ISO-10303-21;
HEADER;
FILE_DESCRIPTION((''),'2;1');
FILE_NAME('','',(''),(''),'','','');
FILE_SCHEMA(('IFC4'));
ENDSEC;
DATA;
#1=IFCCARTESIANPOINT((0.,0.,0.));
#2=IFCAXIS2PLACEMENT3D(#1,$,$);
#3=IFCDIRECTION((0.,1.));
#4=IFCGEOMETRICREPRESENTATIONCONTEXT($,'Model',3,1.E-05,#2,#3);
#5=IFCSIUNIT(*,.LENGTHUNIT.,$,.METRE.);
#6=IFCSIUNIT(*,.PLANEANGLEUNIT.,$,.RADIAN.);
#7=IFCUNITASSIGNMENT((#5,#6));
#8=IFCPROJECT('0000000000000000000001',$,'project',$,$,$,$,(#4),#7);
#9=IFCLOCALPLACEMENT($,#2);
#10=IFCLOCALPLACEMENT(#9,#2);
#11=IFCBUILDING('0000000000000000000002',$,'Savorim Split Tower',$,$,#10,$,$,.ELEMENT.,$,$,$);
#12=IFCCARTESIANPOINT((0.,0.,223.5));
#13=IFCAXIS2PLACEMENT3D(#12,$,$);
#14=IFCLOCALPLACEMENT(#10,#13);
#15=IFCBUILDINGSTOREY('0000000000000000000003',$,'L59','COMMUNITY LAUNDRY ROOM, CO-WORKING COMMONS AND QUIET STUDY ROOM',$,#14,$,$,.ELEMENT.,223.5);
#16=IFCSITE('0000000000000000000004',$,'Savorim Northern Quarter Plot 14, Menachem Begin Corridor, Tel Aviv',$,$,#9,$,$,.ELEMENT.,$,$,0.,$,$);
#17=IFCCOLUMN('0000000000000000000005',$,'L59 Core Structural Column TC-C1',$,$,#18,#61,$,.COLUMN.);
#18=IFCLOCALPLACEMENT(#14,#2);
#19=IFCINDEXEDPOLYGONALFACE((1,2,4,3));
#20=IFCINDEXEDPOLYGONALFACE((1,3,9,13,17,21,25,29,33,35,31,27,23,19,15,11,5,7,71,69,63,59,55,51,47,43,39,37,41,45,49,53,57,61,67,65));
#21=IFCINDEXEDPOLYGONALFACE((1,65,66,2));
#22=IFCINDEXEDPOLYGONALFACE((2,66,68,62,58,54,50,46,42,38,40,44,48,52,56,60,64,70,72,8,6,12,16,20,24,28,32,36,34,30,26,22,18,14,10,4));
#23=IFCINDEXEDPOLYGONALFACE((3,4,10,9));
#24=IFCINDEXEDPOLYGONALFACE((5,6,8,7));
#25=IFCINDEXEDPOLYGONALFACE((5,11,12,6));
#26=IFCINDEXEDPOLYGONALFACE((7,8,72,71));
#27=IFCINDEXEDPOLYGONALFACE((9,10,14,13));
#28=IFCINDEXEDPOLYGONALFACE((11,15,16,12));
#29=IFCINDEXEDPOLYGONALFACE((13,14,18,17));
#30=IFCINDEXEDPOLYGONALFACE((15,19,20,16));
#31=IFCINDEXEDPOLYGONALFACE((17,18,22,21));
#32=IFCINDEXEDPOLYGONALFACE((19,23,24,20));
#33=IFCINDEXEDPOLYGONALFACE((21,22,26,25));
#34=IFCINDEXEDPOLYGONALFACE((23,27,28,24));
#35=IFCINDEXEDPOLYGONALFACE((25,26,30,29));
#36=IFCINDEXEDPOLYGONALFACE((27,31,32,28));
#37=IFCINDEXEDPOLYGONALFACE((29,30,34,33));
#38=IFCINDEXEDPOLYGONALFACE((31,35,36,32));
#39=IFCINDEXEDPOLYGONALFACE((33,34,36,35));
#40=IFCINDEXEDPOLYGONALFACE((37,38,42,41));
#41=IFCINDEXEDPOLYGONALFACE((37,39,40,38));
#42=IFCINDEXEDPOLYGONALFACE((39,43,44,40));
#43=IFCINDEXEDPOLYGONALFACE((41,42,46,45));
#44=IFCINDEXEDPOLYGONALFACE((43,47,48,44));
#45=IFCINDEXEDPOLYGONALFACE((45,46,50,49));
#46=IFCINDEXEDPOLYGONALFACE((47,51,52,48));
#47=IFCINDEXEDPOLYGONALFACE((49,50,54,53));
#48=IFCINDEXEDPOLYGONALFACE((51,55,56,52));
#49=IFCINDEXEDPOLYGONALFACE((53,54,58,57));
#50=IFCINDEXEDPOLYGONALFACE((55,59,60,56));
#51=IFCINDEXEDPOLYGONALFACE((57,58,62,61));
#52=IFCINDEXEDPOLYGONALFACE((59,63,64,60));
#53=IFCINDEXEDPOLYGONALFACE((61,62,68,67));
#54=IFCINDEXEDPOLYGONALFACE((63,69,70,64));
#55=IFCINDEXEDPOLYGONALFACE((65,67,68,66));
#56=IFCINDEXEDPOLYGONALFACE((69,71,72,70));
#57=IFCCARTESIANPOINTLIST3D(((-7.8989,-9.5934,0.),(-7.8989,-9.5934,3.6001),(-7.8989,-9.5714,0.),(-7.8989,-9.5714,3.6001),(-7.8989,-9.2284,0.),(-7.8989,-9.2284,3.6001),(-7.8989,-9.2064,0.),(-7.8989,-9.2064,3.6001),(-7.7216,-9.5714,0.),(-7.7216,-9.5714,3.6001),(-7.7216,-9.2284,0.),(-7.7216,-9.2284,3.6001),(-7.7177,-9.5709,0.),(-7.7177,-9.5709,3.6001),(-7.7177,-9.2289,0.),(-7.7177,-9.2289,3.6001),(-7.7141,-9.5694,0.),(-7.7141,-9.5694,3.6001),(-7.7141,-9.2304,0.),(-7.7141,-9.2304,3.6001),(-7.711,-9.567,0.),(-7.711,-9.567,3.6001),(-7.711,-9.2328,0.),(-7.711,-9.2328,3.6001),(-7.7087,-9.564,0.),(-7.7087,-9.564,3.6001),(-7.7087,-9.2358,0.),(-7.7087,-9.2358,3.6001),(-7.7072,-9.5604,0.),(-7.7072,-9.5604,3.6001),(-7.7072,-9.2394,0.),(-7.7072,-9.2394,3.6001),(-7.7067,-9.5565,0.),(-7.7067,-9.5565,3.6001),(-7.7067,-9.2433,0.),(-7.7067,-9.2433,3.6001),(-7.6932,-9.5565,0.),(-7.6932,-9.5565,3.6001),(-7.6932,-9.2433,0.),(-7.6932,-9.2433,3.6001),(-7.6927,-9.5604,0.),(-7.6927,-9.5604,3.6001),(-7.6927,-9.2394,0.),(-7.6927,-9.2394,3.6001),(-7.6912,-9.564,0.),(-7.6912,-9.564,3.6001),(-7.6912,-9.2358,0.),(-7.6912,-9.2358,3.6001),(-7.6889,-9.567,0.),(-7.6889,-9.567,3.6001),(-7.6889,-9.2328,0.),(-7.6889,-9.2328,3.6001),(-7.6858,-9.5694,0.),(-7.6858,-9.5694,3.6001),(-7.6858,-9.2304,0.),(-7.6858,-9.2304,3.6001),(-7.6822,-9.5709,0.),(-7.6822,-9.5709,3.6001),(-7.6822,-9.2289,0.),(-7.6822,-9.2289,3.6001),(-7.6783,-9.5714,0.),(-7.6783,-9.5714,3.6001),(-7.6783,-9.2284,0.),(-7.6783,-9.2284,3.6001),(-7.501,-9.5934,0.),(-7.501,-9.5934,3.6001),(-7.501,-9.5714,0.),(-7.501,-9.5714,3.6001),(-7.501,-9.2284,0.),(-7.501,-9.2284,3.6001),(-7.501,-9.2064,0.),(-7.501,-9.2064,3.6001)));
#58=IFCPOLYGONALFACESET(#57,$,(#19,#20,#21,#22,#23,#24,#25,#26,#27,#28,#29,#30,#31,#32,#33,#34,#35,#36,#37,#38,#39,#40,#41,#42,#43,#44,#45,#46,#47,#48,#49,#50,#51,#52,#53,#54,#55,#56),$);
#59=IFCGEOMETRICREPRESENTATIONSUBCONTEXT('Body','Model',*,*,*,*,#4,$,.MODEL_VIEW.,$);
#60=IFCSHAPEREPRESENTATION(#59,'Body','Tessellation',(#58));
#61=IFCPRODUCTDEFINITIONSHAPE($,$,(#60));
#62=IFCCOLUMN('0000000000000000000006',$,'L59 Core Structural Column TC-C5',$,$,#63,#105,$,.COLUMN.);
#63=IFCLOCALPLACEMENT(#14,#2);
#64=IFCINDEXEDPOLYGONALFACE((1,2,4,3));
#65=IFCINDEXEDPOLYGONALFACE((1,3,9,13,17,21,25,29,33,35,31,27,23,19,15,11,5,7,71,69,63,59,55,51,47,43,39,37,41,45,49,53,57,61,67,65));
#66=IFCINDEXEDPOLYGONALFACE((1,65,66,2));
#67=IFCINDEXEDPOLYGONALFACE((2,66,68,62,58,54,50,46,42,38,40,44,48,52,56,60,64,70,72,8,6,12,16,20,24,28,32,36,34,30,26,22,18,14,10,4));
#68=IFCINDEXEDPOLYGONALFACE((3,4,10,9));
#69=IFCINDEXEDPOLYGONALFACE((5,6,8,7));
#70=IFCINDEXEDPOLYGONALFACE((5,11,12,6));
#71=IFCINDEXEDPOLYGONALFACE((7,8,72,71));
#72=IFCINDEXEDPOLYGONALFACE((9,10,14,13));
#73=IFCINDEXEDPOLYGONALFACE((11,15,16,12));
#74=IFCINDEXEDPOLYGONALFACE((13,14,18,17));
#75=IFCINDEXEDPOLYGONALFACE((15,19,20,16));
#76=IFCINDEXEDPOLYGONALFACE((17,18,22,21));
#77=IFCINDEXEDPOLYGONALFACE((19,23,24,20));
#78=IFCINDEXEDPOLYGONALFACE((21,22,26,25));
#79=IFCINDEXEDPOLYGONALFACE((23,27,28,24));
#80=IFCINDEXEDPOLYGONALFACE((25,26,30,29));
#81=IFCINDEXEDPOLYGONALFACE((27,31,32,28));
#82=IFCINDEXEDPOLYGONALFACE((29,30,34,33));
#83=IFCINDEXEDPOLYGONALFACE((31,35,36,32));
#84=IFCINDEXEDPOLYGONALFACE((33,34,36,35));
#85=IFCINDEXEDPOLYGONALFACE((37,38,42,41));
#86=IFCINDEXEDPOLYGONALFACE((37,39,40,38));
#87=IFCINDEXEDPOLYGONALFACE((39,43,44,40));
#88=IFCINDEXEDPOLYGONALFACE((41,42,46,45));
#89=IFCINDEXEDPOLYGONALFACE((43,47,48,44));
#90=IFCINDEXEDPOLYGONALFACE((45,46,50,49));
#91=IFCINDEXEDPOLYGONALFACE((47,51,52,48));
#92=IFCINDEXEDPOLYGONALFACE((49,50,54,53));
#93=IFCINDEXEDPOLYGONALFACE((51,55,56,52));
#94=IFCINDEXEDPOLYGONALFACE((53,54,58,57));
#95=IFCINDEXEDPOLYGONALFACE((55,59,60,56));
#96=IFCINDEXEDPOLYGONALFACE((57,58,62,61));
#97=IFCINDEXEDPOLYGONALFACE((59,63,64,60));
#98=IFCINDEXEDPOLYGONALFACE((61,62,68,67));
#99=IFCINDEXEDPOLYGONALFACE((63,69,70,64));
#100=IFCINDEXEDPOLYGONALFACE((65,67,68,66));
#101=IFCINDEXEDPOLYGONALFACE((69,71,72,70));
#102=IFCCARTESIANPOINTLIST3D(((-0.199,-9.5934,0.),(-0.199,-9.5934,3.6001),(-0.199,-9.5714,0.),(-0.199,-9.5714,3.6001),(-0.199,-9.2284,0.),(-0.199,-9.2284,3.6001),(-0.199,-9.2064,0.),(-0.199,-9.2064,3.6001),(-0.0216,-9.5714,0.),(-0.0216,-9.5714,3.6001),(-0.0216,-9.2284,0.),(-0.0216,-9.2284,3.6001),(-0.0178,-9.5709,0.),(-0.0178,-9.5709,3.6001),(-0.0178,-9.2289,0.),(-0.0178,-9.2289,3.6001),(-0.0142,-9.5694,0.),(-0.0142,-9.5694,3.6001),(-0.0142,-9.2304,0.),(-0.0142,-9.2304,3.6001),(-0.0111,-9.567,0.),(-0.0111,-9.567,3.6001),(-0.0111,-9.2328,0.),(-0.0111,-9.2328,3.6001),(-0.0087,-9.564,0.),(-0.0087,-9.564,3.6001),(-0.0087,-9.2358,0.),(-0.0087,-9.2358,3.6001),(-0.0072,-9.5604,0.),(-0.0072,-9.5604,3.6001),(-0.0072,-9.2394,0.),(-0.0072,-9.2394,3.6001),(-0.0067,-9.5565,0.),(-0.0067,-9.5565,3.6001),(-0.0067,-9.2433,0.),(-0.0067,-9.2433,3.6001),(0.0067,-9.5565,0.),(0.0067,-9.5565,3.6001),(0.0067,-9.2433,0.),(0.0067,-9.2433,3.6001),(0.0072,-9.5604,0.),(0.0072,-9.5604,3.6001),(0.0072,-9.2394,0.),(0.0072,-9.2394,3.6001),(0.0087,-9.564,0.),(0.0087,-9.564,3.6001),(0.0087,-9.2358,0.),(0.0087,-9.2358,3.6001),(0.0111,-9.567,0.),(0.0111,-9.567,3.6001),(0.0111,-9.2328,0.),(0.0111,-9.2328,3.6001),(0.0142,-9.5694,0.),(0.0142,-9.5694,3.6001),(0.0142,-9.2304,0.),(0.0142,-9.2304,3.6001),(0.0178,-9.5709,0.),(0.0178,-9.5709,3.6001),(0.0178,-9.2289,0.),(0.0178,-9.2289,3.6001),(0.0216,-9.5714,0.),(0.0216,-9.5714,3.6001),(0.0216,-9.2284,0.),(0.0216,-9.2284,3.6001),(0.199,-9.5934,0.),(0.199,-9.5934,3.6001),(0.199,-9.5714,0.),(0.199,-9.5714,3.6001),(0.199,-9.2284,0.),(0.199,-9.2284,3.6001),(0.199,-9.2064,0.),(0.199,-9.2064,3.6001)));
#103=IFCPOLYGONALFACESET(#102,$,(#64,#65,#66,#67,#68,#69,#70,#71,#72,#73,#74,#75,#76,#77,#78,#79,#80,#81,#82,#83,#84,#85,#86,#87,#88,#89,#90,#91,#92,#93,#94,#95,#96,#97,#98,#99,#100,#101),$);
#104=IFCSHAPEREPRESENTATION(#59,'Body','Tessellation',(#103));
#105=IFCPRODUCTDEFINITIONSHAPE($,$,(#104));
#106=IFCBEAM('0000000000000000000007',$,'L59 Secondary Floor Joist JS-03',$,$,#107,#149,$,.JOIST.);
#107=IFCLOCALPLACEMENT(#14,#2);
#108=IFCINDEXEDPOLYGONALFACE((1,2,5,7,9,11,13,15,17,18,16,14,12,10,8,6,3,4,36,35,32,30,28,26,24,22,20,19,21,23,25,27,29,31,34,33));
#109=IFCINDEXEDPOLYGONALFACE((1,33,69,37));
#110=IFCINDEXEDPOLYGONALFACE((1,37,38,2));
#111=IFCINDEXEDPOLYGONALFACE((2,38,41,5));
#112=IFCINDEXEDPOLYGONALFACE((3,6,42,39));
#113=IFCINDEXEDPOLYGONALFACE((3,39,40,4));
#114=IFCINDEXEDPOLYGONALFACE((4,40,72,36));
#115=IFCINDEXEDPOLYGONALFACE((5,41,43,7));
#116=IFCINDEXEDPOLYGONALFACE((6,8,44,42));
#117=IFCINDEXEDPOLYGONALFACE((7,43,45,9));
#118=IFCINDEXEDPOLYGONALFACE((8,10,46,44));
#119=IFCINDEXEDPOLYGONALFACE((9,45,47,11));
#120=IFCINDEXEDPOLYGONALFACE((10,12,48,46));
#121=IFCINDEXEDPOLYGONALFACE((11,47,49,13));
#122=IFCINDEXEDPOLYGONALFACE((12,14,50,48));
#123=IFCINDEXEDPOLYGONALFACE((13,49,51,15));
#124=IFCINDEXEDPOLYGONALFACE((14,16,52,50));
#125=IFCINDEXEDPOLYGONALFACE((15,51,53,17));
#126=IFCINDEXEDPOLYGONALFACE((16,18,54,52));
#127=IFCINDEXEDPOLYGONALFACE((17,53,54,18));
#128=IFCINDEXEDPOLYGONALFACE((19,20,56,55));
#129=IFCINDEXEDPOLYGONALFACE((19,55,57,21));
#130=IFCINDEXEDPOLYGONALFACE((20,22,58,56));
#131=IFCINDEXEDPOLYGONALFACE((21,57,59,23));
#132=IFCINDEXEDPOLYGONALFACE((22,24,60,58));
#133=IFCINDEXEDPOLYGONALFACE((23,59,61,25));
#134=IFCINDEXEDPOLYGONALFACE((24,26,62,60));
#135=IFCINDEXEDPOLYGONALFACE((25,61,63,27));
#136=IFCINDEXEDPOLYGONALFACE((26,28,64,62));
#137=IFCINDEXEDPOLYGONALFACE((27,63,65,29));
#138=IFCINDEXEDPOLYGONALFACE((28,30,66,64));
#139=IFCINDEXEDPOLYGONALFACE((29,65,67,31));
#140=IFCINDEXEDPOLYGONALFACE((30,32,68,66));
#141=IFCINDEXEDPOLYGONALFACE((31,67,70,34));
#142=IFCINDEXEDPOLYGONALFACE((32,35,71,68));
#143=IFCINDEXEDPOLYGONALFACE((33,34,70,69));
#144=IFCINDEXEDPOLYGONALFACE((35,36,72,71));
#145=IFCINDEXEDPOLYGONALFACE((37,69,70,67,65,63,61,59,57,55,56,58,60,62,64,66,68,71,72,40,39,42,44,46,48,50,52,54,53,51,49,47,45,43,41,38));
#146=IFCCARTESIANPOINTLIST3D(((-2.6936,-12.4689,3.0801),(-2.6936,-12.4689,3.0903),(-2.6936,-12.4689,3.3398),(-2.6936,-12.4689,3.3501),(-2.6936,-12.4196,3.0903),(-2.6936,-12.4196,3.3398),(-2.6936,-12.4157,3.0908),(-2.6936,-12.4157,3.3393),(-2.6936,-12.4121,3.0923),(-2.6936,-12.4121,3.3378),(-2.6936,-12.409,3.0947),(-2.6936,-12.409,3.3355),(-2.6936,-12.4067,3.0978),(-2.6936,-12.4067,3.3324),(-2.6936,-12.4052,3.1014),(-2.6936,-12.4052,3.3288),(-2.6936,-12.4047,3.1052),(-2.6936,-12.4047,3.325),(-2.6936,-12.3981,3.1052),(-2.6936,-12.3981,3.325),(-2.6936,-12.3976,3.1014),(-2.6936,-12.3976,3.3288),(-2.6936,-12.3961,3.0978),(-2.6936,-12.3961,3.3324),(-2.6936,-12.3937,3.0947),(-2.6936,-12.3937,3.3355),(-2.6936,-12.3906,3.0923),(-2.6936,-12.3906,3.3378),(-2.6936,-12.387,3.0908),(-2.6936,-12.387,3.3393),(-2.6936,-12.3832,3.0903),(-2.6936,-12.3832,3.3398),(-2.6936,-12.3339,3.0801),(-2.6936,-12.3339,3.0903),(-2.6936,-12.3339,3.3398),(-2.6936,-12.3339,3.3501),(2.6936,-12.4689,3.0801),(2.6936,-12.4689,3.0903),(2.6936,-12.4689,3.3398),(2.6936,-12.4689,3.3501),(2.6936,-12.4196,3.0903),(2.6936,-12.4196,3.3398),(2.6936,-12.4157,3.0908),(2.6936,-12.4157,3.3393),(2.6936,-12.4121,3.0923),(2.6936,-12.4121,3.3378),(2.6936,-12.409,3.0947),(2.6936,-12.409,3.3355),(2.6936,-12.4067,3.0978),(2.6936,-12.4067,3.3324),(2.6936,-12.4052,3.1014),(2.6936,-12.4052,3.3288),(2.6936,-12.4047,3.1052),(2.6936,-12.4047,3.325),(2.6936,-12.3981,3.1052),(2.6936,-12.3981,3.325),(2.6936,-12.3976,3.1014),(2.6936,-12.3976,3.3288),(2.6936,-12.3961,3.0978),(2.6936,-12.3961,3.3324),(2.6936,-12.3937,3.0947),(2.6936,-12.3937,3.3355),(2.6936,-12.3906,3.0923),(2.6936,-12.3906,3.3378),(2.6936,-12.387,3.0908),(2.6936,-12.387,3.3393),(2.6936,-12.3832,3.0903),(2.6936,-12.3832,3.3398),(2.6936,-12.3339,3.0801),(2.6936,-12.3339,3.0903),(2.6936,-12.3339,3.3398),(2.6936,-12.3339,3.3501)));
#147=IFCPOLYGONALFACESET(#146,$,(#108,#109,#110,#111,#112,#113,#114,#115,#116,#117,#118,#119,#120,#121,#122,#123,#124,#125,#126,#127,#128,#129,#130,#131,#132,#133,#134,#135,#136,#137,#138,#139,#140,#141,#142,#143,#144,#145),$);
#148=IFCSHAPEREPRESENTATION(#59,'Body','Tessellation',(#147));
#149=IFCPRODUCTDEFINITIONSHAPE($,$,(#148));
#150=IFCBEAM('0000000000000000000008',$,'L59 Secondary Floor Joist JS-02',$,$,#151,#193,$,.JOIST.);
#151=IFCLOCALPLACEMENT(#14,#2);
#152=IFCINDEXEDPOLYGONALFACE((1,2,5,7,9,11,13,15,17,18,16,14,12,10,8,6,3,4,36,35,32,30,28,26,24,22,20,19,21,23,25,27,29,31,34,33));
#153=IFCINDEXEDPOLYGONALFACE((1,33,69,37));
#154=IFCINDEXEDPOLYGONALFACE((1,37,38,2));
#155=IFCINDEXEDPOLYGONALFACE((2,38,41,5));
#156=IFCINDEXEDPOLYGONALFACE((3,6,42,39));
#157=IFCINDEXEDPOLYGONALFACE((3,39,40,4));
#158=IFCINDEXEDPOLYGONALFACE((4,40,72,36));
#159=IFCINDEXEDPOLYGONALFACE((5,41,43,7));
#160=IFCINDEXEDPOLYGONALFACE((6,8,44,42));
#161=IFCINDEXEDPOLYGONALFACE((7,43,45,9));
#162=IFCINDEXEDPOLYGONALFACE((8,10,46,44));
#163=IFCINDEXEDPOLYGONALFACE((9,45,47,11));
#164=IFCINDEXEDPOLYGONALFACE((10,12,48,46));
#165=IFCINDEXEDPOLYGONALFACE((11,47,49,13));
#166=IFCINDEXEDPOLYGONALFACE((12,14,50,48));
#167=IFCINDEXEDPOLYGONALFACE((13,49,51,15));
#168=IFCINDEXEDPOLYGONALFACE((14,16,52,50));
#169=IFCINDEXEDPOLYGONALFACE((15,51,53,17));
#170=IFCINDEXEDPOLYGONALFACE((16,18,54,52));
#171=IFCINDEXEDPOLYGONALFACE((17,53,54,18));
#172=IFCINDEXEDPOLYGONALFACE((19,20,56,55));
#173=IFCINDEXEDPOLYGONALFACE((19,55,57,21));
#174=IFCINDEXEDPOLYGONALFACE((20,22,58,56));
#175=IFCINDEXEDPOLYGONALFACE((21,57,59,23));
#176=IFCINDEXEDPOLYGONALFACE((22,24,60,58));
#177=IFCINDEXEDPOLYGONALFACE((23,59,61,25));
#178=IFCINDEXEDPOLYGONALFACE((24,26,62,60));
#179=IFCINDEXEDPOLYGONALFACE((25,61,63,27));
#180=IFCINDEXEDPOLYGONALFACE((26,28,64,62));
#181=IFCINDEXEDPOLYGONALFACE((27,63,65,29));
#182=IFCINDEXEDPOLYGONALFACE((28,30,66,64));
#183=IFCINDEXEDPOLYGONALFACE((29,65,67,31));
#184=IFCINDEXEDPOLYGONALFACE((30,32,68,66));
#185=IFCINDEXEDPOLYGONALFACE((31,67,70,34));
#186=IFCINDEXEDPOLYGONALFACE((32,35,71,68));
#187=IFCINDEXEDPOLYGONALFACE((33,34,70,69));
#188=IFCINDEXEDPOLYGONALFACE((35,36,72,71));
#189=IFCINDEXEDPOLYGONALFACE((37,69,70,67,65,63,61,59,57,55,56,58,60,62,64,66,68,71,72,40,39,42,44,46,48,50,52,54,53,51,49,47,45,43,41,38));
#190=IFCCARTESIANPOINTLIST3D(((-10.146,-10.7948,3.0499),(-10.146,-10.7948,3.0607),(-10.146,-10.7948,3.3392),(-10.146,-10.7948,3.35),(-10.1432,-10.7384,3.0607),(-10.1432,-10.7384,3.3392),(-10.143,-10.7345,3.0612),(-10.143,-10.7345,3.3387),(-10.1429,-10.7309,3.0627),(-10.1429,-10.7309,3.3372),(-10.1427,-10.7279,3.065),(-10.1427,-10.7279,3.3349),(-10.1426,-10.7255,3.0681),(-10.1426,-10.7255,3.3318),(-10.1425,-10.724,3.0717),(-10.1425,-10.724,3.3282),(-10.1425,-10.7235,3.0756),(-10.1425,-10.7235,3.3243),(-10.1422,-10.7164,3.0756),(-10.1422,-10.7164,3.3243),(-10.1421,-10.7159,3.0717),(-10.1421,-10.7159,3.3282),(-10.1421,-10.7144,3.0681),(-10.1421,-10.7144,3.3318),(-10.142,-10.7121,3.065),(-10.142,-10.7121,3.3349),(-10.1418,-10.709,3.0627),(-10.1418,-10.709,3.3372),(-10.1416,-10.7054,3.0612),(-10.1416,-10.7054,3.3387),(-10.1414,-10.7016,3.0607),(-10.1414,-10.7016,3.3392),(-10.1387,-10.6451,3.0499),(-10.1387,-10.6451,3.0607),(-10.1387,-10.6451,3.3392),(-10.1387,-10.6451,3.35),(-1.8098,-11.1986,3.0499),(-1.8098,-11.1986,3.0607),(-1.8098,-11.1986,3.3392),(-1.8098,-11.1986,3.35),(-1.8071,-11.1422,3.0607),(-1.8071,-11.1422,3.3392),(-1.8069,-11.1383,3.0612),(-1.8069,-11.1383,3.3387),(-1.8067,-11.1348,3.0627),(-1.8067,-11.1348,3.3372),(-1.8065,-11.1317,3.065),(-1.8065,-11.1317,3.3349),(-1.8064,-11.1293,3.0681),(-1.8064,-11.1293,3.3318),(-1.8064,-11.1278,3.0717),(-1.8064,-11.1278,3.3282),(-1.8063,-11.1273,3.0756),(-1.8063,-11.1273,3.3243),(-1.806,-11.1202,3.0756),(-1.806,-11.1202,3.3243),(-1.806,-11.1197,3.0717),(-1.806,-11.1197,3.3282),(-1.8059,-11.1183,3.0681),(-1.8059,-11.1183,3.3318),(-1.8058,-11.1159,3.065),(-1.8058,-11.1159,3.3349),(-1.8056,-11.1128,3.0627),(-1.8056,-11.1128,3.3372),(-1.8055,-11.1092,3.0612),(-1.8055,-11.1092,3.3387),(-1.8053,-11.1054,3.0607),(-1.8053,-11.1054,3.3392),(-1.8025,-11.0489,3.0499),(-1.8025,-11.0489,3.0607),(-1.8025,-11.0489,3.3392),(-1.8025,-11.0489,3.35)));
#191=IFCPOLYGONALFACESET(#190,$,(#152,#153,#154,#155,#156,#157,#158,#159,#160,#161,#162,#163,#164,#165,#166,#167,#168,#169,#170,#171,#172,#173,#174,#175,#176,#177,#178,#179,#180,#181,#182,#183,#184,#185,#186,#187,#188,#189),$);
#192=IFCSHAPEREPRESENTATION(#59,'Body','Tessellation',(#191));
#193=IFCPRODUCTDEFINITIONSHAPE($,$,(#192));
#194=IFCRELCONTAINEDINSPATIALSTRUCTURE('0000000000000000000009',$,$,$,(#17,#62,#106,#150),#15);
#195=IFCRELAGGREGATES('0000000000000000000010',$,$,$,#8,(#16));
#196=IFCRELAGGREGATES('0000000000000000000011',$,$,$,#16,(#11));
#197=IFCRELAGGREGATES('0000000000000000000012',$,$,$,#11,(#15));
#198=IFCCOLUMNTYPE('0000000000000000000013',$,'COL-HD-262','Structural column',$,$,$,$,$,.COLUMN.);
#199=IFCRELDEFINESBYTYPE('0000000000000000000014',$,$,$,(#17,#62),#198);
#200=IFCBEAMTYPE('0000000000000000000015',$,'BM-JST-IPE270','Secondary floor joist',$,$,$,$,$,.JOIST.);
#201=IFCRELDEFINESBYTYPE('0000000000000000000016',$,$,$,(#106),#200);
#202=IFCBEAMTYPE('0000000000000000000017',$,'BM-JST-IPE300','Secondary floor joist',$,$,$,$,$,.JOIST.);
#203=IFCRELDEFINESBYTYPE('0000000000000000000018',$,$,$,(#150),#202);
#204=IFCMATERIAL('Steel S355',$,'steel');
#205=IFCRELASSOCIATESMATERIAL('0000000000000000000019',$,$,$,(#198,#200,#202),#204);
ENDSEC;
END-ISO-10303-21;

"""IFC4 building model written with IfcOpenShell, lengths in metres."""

from ifc_helpers import new_model, si_unit, direction, frame, origin, origin_2d, place, context, subcontext, project, spatial, i_section, extrude, material, material_profile, profile_set, type_object, element, save


model = new_model("IFC4")

# Units and contexts
model_context = context("Model", 3, precision=1e-05, world=origin(), true_north=direction((0.0, 1.0)))
body_context = subcontext(model_context, "Body", "Model", "MODEL_VIEW")
ifc_project = project(units=[si_unit("LENGTHUNIT", "METRE"), si_unit("PLANEANGLEUNIT", "RADIAN")], contexts=[model_context])

# Site, building, storey
site_placement = place(None, origin())
site = spatial("IfcSite", under=ifc_project, at=site_placement, Name="Savorim Northern Quarter Plot 14, Menachem Begin Corridor, Tel Aviv", CompositionType="ELEMENT", RefElevation=0.0)
building_placement = place(site_placement, origin())
building = spatial("IfcBuilding", under=site, at=building_placement, Name="Savorim Split Tower", CompositionType="ELEMENT")
storey_placement = place(building_placement, frame((0.0, 0.0, 223.5)))
storey = spatial("IfcBuildingStorey", under=building, at=storey_placement, Name="L59", Description="COMMUNITY LAUNDRY ROOM, CO-WORKING COMMONS AND QUIET STUDY ROOM", CompositionType="ELEMENT", Elevation=223.5)

# Columns
ifc_material_1 = material(Name="Steel S355", Category="steel")
ifc_material_profile_1 = material_profile(ifc_material_1, i_section(OverallWidth=0.3979, OverallDepth=0.387, WebThickness=0.0134, FlangeThickness=0.022, FilletRadius=0.0149, at=origin_2d()), Name="HD 400x262")
ifc_profile_set_1 = profile_set([ifc_material_profile_1], Name="Steel S355")
column_type = type_object("IfcColumnType", Name="COL-HD-262", Description="Structural column", PredefinedType="COLUMN", material=ifc_profile_set_1)
for number, where, z_axis, x_axis, name in (
    (1, (-7.7, -9.3999, 0.0), (0.0, 0.0, 1.0), (1.0, 0.0, 0.0), "L59 Core Structural Column TC-C1"),
    (2, (0.0, -9.3999, 0.0), (0.0, 0.0, 1.0), (1.0, 0.0, 0.0), "L59 Core Structural Column TC-C5"),
):
    element("IfcColumn", number, at=place(storey_placement, frame(where, z_axis=z_axis, x_axis=x_axis)), inside=storey, type_object=column_type, Name=name, PredefinedType="COLUMN", context=body_context, shape_type="SweptSolid", body=[
        extrude(i_section(OverallWidth=0.3979, OverallDepth=0.387, WebThickness=0.0134, FlangeThickness=0.022, FilletRadius=0.0149, at=origin_2d()), origin(), (0.0, 0.0, 1.0), 3.6001),
    ])

# Beams
ifc_material_profile_2 = material_profile(ifc_material_1, i_section(OverallWidth=0.135, OverallDepth=0.27, WebThickness=0.0066, FlangeThickness=0.0103, FilletRadius=0.0149, at=origin_2d()), Name="IPE 270")
ifc_profile_set_2 = profile_set([ifc_material_profile_2], Name="Steel S355")
beam_type_1 = type_object("IfcBeamType", Name="BM-JST-IPE270", Description="Secondary floor joist", PredefinedType="JOIST", material=ifc_profile_set_2)
beam_1_placement = place(storey_placement, frame((-2.6936, -12.4014, 3.2151), z_axis=(1.0, 0.0, 0.0), x_axis=(0.0, 1.0, 0.0)))
element("IfcBeam", 3, at=beam_1_placement, inside=storey, type_object=beam_type_1, Name="L59 Secondary Floor Joist JS-03", PredefinedType="JOIST", context=body_context, shape_type="SweptSolid", body=[
    extrude(i_section(OverallWidth=0.135, OverallDepth=0.27, WebThickness=0.0066, FlangeThickness=0.0103, FilletRadius=0.0149, at=origin_2d()), origin(), (0.0, 0.0, 1.0), 5.3872),
])
ifc_material_profile_3 = material_profile(ifc_material_1, i_section(OverallWidth=0.1499, OverallDepth=0.3, WebThickness=0.0071, FlangeThickness=0.0107, FilletRadius=0.0149, at=origin_2d()), Name="IPE 300")
ifc_profile_set_3 = profile_set([ifc_material_profile_3], Name="Steel S355")
beam_type_2 = type_object("IfcBeamType", Name="BM-JST-IPE300", Description="Secondary floor joist", PredefinedType="JOIST", material=ifc_profile_set_3)
beam_2_placement = place(storey_placement, frame((-10.1423, -10.72, 3.2), z_axis=(0.998829, -0.048384, 0.0), x_axis=(0.048384, 0.998829, 0.0)))
element("IfcBeam", 4, at=beam_2_placement, inside=storey, type_object=beam_type_2, Name="L59 Secondary Floor Joist JS-02", PredefinedType="JOIST", context=body_context, shape_type="SweptSolid", body=[
    extrude(i_section(OverallWidth=0.1499, OverallDepth=0.3, WebThickness=0.0071, FlangeThickness=0.0107, FilletRadius=0.0149, at=origin_2d()), origin(), (0.0, 0.0, 1.0), 8.3459),
])

save(model, "model.ifc")
